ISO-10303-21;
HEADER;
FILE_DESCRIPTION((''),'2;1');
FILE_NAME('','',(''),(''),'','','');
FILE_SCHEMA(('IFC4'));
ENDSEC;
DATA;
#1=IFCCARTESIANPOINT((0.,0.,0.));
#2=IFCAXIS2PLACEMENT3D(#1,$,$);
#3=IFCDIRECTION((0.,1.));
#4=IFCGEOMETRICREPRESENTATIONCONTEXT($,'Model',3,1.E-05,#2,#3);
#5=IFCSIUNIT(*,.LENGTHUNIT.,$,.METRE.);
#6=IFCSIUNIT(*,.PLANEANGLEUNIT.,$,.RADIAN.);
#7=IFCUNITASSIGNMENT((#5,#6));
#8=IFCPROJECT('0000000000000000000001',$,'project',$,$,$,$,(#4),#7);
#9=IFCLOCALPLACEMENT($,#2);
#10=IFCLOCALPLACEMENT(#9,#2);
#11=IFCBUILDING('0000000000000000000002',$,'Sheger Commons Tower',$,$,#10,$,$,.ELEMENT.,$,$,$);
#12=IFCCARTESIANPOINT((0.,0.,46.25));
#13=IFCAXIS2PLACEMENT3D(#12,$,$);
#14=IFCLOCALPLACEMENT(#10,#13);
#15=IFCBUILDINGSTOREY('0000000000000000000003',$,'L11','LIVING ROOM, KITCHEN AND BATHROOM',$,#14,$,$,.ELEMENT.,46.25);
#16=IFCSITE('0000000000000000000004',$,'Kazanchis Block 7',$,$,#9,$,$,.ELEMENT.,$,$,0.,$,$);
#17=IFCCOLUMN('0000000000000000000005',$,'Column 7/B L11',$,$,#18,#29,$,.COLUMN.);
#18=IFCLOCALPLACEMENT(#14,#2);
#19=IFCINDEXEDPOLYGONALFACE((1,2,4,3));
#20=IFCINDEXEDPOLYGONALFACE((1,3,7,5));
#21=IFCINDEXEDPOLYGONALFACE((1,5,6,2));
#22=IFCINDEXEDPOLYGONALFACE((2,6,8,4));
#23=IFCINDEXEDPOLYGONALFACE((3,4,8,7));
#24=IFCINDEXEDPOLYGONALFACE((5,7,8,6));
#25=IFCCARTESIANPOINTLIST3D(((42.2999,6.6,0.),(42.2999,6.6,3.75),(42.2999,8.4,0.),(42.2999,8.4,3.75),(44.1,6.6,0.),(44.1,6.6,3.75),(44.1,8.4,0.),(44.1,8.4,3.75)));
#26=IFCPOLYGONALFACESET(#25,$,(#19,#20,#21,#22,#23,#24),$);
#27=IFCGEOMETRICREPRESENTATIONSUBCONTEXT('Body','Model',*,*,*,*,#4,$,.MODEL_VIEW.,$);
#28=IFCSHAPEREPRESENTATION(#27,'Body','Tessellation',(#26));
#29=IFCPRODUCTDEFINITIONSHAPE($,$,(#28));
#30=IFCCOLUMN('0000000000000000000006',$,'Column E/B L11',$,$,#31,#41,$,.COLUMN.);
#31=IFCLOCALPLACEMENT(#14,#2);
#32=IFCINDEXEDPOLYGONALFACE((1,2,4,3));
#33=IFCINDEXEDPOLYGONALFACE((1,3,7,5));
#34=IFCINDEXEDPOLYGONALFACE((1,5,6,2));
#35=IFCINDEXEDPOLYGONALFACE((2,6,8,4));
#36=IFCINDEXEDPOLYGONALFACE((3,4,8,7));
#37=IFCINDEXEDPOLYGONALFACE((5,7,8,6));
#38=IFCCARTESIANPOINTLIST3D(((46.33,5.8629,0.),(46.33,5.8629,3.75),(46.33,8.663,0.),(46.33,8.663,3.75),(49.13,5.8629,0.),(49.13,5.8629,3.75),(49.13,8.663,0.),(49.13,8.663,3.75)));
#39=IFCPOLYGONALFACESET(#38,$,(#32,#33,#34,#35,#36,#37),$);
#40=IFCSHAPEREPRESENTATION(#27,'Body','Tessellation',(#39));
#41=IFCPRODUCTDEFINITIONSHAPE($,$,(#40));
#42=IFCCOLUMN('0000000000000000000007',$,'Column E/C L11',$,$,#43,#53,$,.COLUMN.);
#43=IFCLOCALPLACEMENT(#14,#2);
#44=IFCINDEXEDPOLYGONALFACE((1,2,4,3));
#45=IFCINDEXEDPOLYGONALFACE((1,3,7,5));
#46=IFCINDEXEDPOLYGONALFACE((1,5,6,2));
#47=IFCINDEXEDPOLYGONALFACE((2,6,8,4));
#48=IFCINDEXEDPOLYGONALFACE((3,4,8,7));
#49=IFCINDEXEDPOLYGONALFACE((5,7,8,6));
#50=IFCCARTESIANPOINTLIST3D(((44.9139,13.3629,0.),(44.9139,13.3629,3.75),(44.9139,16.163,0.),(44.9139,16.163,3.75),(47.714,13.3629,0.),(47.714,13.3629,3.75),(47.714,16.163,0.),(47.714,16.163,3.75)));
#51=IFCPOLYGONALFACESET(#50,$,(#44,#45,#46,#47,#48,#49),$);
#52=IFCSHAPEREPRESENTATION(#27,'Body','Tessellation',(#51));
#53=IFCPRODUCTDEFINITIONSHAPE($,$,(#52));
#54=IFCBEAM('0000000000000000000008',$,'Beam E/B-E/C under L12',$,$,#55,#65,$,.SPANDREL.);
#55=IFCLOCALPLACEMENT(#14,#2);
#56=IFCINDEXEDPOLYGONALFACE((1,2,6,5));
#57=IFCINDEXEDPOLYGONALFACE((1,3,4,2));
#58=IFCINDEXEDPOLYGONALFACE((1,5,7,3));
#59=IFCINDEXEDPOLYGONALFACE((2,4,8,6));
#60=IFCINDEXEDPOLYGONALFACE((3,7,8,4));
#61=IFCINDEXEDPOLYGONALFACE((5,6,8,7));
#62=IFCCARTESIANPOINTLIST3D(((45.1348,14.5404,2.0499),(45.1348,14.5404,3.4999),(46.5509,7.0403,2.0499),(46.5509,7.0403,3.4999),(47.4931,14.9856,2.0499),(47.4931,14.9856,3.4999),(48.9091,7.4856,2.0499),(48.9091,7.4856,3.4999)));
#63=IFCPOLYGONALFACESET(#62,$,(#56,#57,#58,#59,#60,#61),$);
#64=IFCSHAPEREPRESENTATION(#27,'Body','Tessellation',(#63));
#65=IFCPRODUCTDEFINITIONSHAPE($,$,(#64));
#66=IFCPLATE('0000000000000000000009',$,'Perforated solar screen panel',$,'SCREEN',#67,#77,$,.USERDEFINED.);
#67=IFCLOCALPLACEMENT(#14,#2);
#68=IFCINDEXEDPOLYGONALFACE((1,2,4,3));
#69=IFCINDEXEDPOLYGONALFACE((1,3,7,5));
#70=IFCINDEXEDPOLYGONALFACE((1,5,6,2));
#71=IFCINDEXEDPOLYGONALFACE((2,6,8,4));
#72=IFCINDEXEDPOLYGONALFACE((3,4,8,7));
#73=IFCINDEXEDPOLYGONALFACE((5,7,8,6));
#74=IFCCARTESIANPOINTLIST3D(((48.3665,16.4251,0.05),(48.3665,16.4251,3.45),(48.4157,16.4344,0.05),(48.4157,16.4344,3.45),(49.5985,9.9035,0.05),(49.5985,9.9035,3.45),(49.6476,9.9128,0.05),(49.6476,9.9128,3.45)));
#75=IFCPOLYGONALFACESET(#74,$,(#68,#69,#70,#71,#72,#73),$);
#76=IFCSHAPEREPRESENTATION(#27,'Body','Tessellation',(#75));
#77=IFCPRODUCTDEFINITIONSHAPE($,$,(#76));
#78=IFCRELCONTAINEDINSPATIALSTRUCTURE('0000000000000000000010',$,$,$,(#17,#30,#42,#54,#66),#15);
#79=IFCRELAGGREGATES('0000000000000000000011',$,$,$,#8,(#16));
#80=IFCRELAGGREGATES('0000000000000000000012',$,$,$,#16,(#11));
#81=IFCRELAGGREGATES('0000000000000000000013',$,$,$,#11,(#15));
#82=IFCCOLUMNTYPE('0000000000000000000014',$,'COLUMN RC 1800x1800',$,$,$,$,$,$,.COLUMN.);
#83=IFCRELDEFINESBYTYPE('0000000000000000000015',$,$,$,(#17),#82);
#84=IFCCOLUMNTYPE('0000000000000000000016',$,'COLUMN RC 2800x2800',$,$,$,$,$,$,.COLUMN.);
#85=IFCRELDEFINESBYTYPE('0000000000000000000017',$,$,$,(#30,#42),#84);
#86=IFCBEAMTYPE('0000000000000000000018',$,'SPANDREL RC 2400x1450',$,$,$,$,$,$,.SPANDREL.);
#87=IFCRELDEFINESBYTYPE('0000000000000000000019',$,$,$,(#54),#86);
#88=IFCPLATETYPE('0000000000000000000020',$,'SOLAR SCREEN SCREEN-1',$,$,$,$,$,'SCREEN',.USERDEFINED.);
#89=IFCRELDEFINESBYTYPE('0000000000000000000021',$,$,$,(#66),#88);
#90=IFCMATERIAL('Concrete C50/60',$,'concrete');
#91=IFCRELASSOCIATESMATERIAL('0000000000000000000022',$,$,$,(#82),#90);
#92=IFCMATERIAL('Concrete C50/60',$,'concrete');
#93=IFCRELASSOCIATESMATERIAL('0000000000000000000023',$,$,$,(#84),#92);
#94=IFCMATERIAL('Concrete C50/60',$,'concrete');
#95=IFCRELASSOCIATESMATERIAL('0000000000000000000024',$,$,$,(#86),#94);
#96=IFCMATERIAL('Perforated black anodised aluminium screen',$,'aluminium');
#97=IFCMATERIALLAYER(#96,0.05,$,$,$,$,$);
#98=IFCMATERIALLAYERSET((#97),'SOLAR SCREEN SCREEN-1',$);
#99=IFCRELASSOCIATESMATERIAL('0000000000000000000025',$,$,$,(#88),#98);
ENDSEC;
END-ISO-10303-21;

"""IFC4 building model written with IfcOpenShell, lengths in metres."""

from ifc_helpers import new_model, si_unit, direction, frame, origin, origin_2d, place, context, subcontext, project, spatial, rectangle, extrude, material, layer, layer_set, material_profile, profile_set, type_object, element, save


model = new_model("IFC4")

# Units and contexts
model_context = context("Model", 3, precision=1e-05, world=origin(), true_north=direction((0.0, 1.0)))
body_context = subcontext(model_context, "Body", "Model", "MODEL_VIEW")
ifc_project = project(units=[si_unit("LENGTHUNIT", "METRE"), si_unit("PLANEANGLEUNIT", "RADIAN")], contexts=[model_context])

# Site, building, storey
site_placement = place(None, origin())
site = spatial("IfcSite", under=ifc_project, at=site_placement, Name="Kazanchis Block 7", CompositionType="ELEMENT", RefElevation=0.0)
building_placement = place(site_placement, origin())
building = spatial("IfcBuilding", under=site, at=building_placement, Name="Sheger Commons Tower", CompositionType="ELEMENT")
storey_placement = place(building_placement, frame((0.0, 0.0, 46.25)))
storey = spatial("IfcBuildingStorey", under=building, at=storey_placement, Name="L11", Description="LIVING ROOM, KITCHEN AND BATHROOM", CompositionType="ELEMENT", Elevation=46.25)

# Columns
ifc_material_1 = material(Name="Concrete C50/60", Category="concrete")
ifc_material_profile_1 = material_profile(ifc_material_1, rectangle(XDim=1.8, YDim=1.8, at=origin_2d()), Name="RC 1800x1800")
ifc_profile_set_1 = profile_set([ifc_material_profile_1], Name="Concrete C50/60")
column_type_1 = type_object("IfcColumnType", Name="COLUMN RC 1800x1800", PredefinedType="COLUMN", material=ifc_profile_set_1)
column_placement = place(storey_placement, frame((43.2, 7.5, 0.0), z_axis=(0.0, 0.0, 1.0), x_axis=(1.0, 0.0, 0.0)))
element("IfcColumn", 1, at=column_placement, inside=storey, type_object=column_type_1, Name="Column 7/B L11", PredefinedType="COLUMN", context=body_context, shape_type="SweptSolid", body=[
    extrude(rectangle(XDim=1.8, YDim=1.8, at=origin_2d()), origin(), (0.0, 0.0, 1.0), 3.75),
])
ifc_material_2 = material(Name="Concrete C50/60", Category="concrete")
ifc_material_profile_2 = material_profile(ifc_material_2, rectangle(XDim=2.8, YDim=2.8, at=origin_2d()), Name="RC 2800x2800")
ifc_profile_set_2 = profile_set([ifc_material_profile_2], Name="Concrete C50/60")
column_type_2 = type_object("IfcColumnType", Name="COLUMN RC 2800x2800", PredefinedType="COLUMN", material=ifc_profile_set_2)
for number, where, z_axis, x_axis, name in (
    (2, (47.73, 7.2629, 0.0), (0.0, 0.0, 1.0), (1.0, 0.0, 0.0), "Column E/B L11"),
    (3, (46.314, 14.7629, 0.0), (0.0, 0.0, 1.0), (1.0, 0.0, 0.0), "Column E/C L11"),
):
    element("IfcColumn", number, at=place(storey_placement, frame(where, z_axis=z_axis, x_axis=x_axis)), inside=storey, type_object=column_type_2, Name=name, PredefinedType="COLUMN", context=body_context, shape_type="SweptSolid", body=[
        extrude(rectangle(XDim=2.8, YDim=2.8, at=origin_2d()), origin(), (0.0, 0.0, 1.0), 3.75),
    ])

# Beam
ifc_material_3 = material(Name="Concrete C50/60", Category="concrete")
ifc_material_profile_3 = material_profile(ifc_material_3, rectangle(XDim=2.3999, YDim=1.45, at=origin_2d()), Name="RC 2400x1450")
ifc_profile_set_3 = profile_set([ifc_material_profile_3], Name="Concrete C50/60")
beam_type = type_object("IfcBeamType", Name="SPANDREL RC 2400x1450", PredefinedType="SPANDREL", material=ifc_profile_set_3)
beam_placement = place(storey_placement, frame((47.73, 7.2629, 2.7749), z_axis=(-0.185524, 0.98264, 0.0), x_axis=(-0.98264, -0.185524, 0.0)))
element("IfcBeam", 4, at=beam_placement, inside=storey, type_object=beam_type, Name="Beam E/B-E/C under L12", PredefinedType="SPANDREL", context=body_context, shape_type="SweptSolid", body=[
    extrude(rectangle(XDim=2.3999, YDim=1.45, at=origin_2d()), origin(), (0.0, 0.0, 1.0), 7.6326),
])

# Plate
ifc_material_4 = material(Name="Perforated black anodised aluminium screen", Category="aluminium")
ifc_layer_1 = layer(ifc_material_4, 0.05)
ifc_layer_set_1 = layer_set([ifc_layer_1], Name="SOLAR SCREEN SCREEN-1")
plate_type = type_object("IfcPlateType", Name="SOLAR SCREEN SCREEN-1", ElementType="SCREEN", PredefinedType="USERDEFINED", material=ifc_layer_set_1)
plate_placement = place(storey_placement, frame((49.0071, 13.1689, 0.05), z_axis=(0.0, 0.0, 1.0), x_axis=(-0.185615, 0.982623, 0.0)))
element("IfcPlate", 5, at=plate_placement, inside=storey, type_object=plate_type, Name="Perforated solar screen panel", ObjectType="SCREEN", PredefinedType="USERDEFINED", context=body_context, shape_type="SweptSolid", body=[
    extrude(rectangle(XDim=6.637, YDim=0.05, at=origin_2d()), origin(), (0.0, 0.0, 1.0), 3.3999),
])

save(model, "model.ifc")
